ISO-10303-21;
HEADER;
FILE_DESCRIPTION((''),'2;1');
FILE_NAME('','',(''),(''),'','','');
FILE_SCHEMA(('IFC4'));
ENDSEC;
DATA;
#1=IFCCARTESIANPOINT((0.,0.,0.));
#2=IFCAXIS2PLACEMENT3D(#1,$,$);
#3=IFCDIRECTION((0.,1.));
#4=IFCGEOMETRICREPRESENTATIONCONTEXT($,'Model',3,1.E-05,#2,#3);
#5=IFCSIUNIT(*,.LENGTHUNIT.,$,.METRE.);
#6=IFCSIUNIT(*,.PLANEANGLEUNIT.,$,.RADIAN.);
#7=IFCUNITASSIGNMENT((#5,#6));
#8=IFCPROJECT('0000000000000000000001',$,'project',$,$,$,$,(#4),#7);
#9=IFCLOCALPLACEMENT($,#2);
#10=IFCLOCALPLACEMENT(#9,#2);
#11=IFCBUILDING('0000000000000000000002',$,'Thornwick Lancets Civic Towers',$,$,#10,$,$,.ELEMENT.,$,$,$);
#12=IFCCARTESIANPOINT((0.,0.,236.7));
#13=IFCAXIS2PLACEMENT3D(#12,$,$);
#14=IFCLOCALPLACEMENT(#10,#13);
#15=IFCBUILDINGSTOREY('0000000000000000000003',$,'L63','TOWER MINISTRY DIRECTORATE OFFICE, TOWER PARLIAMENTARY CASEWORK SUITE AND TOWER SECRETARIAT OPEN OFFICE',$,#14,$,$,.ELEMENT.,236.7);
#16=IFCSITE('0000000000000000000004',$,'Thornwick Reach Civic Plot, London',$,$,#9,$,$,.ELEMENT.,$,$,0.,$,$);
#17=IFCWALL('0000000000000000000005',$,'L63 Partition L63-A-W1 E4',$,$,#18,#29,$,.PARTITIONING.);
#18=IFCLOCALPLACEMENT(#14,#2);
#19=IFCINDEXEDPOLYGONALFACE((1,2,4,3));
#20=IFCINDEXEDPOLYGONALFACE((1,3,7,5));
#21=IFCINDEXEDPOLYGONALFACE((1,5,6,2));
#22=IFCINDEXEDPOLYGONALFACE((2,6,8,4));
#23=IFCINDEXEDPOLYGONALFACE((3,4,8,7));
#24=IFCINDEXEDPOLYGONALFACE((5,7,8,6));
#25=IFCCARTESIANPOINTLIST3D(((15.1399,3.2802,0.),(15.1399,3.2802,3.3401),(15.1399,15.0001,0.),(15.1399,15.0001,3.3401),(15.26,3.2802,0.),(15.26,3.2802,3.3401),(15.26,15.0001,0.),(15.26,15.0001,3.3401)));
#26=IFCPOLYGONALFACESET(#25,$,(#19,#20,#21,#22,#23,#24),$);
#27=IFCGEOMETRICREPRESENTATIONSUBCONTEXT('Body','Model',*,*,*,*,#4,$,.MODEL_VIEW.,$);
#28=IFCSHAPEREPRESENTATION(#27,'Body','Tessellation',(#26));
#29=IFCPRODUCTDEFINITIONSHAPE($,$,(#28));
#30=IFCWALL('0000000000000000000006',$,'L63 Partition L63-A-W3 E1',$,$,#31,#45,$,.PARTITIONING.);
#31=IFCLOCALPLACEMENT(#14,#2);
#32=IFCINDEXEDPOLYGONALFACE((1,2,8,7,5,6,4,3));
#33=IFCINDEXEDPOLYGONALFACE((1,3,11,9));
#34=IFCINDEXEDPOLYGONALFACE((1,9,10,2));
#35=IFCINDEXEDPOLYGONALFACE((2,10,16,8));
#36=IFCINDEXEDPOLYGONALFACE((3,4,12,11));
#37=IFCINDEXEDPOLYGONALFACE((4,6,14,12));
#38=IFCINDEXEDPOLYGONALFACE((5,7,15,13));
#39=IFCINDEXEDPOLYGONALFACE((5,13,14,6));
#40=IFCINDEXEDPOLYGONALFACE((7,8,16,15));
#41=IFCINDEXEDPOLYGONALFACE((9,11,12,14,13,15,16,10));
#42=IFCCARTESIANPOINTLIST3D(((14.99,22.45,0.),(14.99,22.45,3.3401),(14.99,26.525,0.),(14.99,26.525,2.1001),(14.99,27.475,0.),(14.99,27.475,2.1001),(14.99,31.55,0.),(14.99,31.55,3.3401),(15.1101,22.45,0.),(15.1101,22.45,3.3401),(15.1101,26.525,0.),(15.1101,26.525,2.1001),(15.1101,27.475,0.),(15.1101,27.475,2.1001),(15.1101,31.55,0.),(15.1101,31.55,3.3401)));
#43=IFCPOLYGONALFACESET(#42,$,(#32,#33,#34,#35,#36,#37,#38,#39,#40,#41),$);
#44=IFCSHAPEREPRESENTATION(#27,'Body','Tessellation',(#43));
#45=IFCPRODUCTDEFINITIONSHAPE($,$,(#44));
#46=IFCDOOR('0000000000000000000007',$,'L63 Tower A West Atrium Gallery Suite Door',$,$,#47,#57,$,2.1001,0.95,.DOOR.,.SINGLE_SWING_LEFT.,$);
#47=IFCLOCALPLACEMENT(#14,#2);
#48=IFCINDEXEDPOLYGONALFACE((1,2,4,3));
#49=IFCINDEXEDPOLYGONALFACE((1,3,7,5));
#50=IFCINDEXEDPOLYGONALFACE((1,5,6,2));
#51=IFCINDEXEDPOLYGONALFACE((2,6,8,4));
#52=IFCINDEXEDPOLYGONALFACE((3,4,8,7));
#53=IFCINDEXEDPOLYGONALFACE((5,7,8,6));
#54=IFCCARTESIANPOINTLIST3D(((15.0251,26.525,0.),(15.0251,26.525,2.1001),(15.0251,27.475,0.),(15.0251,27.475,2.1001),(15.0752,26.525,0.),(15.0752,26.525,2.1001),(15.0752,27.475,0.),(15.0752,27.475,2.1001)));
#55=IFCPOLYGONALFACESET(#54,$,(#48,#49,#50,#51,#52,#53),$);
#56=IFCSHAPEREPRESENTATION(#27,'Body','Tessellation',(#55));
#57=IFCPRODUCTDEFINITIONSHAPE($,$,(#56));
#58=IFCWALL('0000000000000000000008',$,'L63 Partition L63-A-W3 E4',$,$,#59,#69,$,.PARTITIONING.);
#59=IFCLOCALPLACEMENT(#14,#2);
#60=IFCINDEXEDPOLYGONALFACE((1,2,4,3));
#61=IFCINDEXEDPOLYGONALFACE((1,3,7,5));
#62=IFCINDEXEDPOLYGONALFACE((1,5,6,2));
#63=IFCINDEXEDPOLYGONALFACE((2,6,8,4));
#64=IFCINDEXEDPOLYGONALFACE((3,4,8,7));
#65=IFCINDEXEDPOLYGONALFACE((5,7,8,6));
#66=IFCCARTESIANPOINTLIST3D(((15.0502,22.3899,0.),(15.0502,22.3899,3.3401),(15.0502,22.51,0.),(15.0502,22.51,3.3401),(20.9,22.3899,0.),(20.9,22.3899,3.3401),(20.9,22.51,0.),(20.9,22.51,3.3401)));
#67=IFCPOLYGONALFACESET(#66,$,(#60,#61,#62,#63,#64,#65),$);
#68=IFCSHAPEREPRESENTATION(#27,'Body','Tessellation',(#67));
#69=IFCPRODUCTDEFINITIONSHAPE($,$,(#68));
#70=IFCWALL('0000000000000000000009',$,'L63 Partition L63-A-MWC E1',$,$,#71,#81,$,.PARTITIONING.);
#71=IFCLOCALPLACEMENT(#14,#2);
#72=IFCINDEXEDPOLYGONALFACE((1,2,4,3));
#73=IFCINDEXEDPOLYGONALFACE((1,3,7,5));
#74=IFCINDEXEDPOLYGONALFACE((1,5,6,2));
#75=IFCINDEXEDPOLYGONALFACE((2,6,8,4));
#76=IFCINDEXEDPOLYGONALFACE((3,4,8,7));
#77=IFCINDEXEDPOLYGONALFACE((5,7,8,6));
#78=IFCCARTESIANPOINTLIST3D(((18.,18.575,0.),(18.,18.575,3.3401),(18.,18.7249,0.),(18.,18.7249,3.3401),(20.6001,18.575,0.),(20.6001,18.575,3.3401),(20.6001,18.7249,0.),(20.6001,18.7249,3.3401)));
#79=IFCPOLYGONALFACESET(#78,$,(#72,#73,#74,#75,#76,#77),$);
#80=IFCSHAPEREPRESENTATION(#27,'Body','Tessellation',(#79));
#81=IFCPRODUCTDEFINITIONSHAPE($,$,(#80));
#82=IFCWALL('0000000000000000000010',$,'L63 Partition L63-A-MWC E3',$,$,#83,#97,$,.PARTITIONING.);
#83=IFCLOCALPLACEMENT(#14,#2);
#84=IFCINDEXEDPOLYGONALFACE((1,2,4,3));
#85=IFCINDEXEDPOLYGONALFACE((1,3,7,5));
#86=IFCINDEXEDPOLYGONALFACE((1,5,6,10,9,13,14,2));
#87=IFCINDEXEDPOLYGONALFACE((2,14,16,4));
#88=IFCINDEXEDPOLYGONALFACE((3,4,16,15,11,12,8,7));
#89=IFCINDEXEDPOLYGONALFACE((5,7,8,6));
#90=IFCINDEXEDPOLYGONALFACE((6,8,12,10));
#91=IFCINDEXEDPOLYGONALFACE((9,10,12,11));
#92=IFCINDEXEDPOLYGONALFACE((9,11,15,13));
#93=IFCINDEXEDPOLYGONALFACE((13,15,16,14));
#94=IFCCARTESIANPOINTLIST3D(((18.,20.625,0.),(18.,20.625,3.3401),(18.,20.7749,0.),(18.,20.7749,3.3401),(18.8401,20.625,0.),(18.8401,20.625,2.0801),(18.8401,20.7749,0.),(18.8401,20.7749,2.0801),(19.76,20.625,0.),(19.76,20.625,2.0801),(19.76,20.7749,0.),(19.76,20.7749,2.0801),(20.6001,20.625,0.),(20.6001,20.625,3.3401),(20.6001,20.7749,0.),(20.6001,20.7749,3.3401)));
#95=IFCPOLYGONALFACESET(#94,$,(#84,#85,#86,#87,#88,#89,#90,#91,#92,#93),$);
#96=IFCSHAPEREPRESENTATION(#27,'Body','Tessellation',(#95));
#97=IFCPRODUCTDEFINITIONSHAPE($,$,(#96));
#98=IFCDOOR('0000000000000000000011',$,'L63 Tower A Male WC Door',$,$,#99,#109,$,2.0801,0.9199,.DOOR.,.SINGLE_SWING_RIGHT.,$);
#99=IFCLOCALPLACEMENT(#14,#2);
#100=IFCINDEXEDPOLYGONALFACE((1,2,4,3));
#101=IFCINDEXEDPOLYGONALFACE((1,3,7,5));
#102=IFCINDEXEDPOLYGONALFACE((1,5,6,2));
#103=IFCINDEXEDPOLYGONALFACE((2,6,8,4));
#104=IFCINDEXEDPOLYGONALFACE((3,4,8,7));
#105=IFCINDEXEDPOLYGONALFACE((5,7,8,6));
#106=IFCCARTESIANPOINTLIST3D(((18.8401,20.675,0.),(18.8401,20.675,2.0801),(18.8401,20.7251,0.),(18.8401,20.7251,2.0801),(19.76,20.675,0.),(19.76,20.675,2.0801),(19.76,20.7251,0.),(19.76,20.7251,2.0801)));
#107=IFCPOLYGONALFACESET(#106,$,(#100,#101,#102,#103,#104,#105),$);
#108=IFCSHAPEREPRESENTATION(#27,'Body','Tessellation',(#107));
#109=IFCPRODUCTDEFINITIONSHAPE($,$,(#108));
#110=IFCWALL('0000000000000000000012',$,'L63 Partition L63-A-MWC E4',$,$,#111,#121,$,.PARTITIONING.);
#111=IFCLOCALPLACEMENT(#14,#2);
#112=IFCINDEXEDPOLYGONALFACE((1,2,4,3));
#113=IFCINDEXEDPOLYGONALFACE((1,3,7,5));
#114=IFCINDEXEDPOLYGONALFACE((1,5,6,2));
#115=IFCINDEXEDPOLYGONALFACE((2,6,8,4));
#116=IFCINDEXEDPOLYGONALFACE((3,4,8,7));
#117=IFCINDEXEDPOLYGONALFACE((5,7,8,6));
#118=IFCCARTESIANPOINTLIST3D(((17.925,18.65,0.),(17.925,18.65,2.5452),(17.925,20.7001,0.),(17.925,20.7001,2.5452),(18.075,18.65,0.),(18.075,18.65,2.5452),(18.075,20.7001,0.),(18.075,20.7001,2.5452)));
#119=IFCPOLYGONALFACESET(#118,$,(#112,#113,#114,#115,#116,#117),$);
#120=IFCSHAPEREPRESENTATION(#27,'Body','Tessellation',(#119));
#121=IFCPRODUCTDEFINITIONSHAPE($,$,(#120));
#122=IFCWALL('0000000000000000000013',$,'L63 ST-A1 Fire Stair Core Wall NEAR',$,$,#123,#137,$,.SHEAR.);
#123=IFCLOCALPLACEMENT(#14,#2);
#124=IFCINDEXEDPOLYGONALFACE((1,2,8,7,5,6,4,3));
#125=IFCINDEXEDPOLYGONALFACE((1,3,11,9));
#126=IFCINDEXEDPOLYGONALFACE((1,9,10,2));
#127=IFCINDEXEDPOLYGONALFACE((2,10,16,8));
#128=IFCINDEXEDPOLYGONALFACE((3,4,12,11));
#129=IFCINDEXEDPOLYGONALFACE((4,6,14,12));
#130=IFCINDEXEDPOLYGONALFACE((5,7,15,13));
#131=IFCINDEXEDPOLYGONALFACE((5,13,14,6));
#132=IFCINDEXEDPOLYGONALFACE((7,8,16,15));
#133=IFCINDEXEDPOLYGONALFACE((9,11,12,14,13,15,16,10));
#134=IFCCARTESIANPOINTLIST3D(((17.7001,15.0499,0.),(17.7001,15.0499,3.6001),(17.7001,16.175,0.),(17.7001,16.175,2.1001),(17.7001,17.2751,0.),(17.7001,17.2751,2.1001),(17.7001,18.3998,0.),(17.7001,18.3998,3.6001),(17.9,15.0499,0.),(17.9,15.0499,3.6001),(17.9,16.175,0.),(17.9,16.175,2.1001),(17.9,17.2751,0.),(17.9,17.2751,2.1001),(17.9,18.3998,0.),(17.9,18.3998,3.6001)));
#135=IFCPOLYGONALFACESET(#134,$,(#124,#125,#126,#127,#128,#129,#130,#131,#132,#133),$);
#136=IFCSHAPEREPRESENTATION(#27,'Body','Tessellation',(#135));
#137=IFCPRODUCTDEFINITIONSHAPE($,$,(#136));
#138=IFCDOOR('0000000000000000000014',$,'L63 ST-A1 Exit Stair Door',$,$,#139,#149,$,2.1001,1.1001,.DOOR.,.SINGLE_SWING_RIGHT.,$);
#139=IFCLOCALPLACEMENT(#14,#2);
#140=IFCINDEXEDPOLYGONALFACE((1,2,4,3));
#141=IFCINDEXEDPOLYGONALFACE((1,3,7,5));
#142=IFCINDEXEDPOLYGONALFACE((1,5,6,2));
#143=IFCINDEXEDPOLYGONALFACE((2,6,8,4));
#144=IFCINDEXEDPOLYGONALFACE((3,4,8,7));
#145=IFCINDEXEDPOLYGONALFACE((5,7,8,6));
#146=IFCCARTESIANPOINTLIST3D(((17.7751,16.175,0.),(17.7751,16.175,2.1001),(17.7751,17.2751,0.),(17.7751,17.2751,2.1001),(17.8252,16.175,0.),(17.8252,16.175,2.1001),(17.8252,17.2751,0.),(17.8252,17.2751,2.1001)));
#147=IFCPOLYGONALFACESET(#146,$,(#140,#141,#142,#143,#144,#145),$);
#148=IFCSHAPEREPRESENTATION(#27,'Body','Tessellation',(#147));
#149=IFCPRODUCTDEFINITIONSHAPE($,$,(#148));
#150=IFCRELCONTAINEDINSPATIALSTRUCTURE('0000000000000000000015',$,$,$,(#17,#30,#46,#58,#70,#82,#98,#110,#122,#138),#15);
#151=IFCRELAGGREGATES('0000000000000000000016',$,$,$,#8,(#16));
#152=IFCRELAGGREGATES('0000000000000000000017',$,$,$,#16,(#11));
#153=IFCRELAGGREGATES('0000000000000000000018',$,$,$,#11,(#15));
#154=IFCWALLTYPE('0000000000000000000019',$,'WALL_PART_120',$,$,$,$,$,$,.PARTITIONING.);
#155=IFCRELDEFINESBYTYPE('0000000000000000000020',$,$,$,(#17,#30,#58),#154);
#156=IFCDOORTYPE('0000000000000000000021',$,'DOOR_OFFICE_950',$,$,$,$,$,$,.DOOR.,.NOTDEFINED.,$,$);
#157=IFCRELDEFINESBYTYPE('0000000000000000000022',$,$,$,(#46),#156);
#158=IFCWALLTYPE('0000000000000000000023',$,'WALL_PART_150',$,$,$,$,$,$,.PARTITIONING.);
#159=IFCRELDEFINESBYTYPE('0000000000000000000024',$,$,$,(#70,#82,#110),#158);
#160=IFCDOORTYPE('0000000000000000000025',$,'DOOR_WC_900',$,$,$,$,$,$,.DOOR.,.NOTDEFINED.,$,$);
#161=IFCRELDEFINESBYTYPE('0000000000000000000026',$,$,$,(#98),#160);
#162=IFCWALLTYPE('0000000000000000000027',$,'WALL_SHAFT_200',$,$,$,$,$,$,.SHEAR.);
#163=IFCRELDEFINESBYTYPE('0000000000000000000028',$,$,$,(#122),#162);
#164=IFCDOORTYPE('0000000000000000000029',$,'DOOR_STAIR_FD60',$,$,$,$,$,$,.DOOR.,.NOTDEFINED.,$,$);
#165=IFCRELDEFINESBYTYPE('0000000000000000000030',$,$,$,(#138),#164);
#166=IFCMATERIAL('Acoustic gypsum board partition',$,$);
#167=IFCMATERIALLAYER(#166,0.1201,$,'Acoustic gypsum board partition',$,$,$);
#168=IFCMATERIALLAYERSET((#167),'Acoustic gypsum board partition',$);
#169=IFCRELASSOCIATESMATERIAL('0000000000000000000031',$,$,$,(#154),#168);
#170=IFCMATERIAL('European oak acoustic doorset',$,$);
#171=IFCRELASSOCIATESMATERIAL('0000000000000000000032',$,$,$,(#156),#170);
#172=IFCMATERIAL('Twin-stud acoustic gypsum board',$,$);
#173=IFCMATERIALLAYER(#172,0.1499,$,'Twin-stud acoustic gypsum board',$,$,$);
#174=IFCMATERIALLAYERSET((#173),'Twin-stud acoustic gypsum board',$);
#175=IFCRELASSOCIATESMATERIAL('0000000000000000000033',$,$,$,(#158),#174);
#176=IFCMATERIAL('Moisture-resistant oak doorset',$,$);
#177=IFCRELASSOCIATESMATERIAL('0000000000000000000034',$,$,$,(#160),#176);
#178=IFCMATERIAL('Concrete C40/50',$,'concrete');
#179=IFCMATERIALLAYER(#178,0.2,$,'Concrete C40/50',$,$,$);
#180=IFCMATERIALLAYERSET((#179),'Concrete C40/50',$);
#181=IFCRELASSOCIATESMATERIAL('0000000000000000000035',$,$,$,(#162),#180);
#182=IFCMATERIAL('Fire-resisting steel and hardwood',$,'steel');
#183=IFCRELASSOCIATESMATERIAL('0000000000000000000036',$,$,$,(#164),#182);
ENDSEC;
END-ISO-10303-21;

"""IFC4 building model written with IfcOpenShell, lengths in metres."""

from ifc_helpers import new_model, si_unit, direction, frame, frame_2d, origin, place, context, subcontext, project, spatial, rectangle, extrude, material, layer, layer_set, type_object, element, fill, save


model = new_model("IFC4")

# Units and contexts
model_context = context("Model", 3, precision=1e-05, world=origin(), true_north=direction((0.0, 1.0)))
body_context = subcontext(model_context, "Body", "Model", "MODEL_VIEW")
ifc_project = project(units=[si_unit("LENGTHUNIT", "METRE"), si_unit("PLANEANGLEUNIT", "RADIAN")], contexts=[model_context])

# Site, building, storey
site_placement = place(None, origin())
site = spatial("IfcSite", under=ifc_project, at=site_placement, Name="Thornwick Reach Civic Plot, London", CompositionType="ELEMENT", RefElevation=0.0)
building_placement = place(site_placement, origin())
building = spatial("IfcBuilding", under=site, at=building_placement, Name="Thornwick Lancets Civic Towers", CompositionType="ELEMENT")
storey_placement = place(building_placement, frame((0.0, 0.0, 236.7)))
storey = spatial("IfcBuildingStorey", under=building, at=storey_placement, Name="L63", Description="TOWER MINISTRY DIRECTORATE OFFICE, TOWER PARLIAMENTARY CASEWORK SUITE AND TOWER SECRETARIAT OPEN OFFICE", CompositionType="ELEMENT", Elevation=236.7)

# Wall
ifc_material_1 = material(Name="Acoustic gypsum board partition")
ifc_layer_1 = layer(ifc_material_1, 0.1201, Name="Acoustic gypsum board partition")
ifc_layer_set_1 = layer_set([ifc_layer_1], Name="Acoustic gypsum board partition")
wall_type_1 = type_object("IfcWallType", Name="WALL_PART_120", PredefinedType="PARTITIONING", material=ifc_layer_set_1)
wall_1_placement = place(storey_placement, frame((15.2, 15.0, 0.0), z_axis=(0.0, 0.0, 1.0), x_axis=(0.0, -1.0, 0.0)))
element("IfcWall", 1, at=wall_1_placement, inside=storey, type_object=wall_type_1, Name="L63 Partition L63-A-W1 E4", PredefinedType="PARTITIONING", context=body_context, shape_type="SweptSolid", body=[
    extrude(rectangle(XDim=11.72, YDim=0.1201, at=frame_2d((5.8599, 0.0))), origin(), (0.0, 0.0, 1.0), 3.3401),
])

# Wall, opening, door
wall_2_placement = place(storey_placement, frame((15.05, 22.45, 0.0), z_axis=(0.0, 0.0, 1.0), x_axis=(0.0, 1.0, 0.0)))
wall_2 = element("IfcWall", 2, at=wall_2_placement, inside=storey, type_object=wall_type_1, Name="L63 Partition L63-A-W3 E1", PredefinedType="PARTITIONING", context=body_context, shape_type="SweptSolid", body=[
    extrude(rectangle(XDim=9.1001, YDim=0.1201, at=frame_2d((4.55, 0.0))), origin(), (0.0, 0.0, 1.0), 3.3401),
])
opening_1_placement = place(wall_2_placement, frame((4.075, 0.0, 0.0)))
opening_1 = element("IfcOpeningElement", 3, at=opening_1_placement, cuts=wall_2, PredefinedType="OPENING", context=body_context, shape_type="SweptSolid", body=[
    extrude(rectangle(XDim=0.95, YDim=2.1001, at=frame_2d((0.4751, 1.05))), frame((0.0, 0.0701, 0.0), z_axis=(0.0, -1.0, 0.0), x_axis=(1.0, 0.0, 0.0)), (0.0, 0.0, 1.0), 0.1401),
])
ifc_material_2 = material(Name="European oak acoustic doorset")
door_type_1 = type_object("IfcDoorType", Name="DOOR_OFFICE_950", OperationType="NOTDEFINED", PredefinedType="DOOR", material=ifc_material_2)
door_1_placement = place(opening_1_placement, origin())
door_1 = element("IfcDoor", 4, at=door_1_placement, inside=storey, type_object=door_type_1, Name="L63 Tower A West Atrium Gallery Suite Door", OperationType="SINGLE_SWING_LEFT", OverallHeight=2.1001, OverallWidth=0.95, PredefinedType="DOOR", context=body_context, shape_type="SweptSolid", body=[
    extrude(rectangle(XDim=0.95, YDim=2.1001, at=frame_2d((0.4751, 1.05))), frame((0.0, 0.0249, 0.0), z_axis=(0.0, -1.0, 0.0), x_axis=(1.0, 0.0, 0.0)), (0.0, 0.0, 1.0), 0.05),
])
fill(opening_1, door_1)

# Walls
wall_3_placement = place(storey_placement, frame((20.8999, 22.45, 0.0), z_axis=(0.0, 0.0, 1.0), x_axis=(-1.0, 0.0, 0.0)))
element("IfcWall", 5, at=wall_3_placement, inside=storey, type_object=wall_type_1, Name="L63 Partition L63-A-W3 E4", PredefinedType="PARTITIONING", context=body_context, shape_type="SweptSolid", body=[
    extrude(rectangle(XDim=5.8499, YDim=0.1201, at=frame_2d((2.9248, 0.0))), origin(), (0.0, 0.0, 1.0), 3.3401),
])
ifc_material_3 = material(Name="Twin-stud acoustic gypsum board")
ifc_layer_2 = layer(ifc_material_3, 0.1499, Name="Twin-stud acoustic gypsum board")
ifc_layer_set_2 = layer_set([ifc_layer_2], Name="Twin-stud acoustic gypsum board")
wall_type_2 = type_object("IfcWallType", Name="WALL_PART_150", PredefinedType="PARTITIONING", material=ifc_layer_set_2)
wall_4_placement = place(storey_placement, frame((18.0, 18.6499, 0.0), z_axis=(0.0, 0.0, 1.0), x_axis=(1.0, 0.0, 0.0)))
element("IfcWall", 6, at=wall_4_placement, inside=storey, type_object=wall_type_2, Name="L63 Partition L63-A-MWC E1", PredefinedType="PARTITIONING", context=body_context, shape_type="SweptSolid", body=[
    extrude(rectangle(XDim=2.6001, YDim=0.1499, at=frame_2d((1.3, 0.0))), origin(), (0.0, 0.0, 1.0), 3.3401),
])

# Wall, opening, door
wall_5_placement = place(storey_placement, frame((20.6001, 20.7, 0.0), z_axis=(0.0, 0.0, 1.0), x_axis=(-1.0, 0.0, 0.0)))
wall_5 = element("IfcWall", 7, at=wall_5_placement, inside=storey, type_object=wall_type_2, Name="L63 Partition L63-A-MWC E3", PredefinedType="PARTITIONING", context=body_context, shape_type="SweptSolid", body=[
    extrude(rectangle(XDim=2.6001, YDim=0.1499, at=frame_2d((1.3, 0.0))), origin(), (0.0, 0.0, 1.0), 3.3401),
])
opening_2_placement = place(wall_5_placement, frame((0.8401, 0.0, 0.0)))
opening_2 = element("IfcOpeningElement", 8, at=opening_2_placement, cuts=wall_5, PredefinedType="OPENING", context=body_context, shape_type="SweptSolid", body=[
    extrude(rectangle(XDim=0.9199, YDim=2.0801, at=frame_2d((0.46, 1.04))), frame((0.0, 0.085, 0.0), z_axis=(0.0, -1.0, 0.0), x_axis=(1.0, 0.0, 0.0)), (0.0, 0.0, 1.0), 0.1699),
])
ifc_material_4 = material(Name="Moisture-resistant oak doorset")
door_type_2 = type_object("IfcDoorType", Name="DOOR_WC_900", OperationType="NOTDEFINED", PredefinedType="DOOR", material=ifc_material_4)
door_2_placement = place(opening_2_placement, origin())
door_2 = element("IfcDoor", 9, at=door_2_placement, inside=storey, type_object=door_type_2, Name="L63 Tower A Male WC Door", OperationType="SINGLE_SWING_RIGHT", OverallHeight=2.0801, OverallWidth=0.9199, PredefinedType="DOOR", context=body_context, shape_type="SweptSolid", body=[
    extrude(rectangle(XDim=0.9199, YDim=2.0801, at=frame_2d((0.46, 1.04))), frame((0.0, 0.0249, 0.0), z_axis=(0.0, -1.0, 0.0), x_axis=(1.0, 0.0, 0.0)), (0.0, 0.0, 1.0), 0.05),
])
fill(opening_2, door_2)

# Wall
wall_6_placement = place(storey_placement, frame((18.0, 20.7, 0.0), z_axis=(0.0, 0.0, 1.0), x_axis=(0.0, -1.0, 0.0)))
element("IfcWall", 10, at=wall_6_placement, inside=storey, type_object=wall_type_2, Name="L63 Partition L63-A-MWC E4", PredefinedType="PARTITIONING", context=body_context, shape_type="SweptSolid", body=[
    extrude(rectangle(XDim=2.05, YDim=0.1499, at=frame_2d((1.0249, 0.0))), origin(), (0.0, 0.0, 1.0), 2.5452),
])

# Wall, opening, door
ifc_material_5 = material(Name="Concrete C40/50", Category="concrete")
ifc_layer_3 = layer(ifc_material_5, 0.2, Name="Concrete C40/50")
ifc_layer_set_3 = layer_set([ifc_layer_3], Name="Concrete C40/50")
wall_type_3 = type_object("IfcWallType", Name="WALL_SHAFT_200", PredefinedType="SHEAR", material=ifc_layer_set_3)
wall_7_placement = place(storey_placement, frame((17.8, 15.05, 0.0), z_axis=(0.0, 0.0, 1.0), x_axis=(0.0, 1.0, 0.0)))
wall_7 = element("IfcWall", 11, at=wall_7_placement, inside=storey, type_object=wall_type_3, Name="L63 ST-A1 Fire Stair Core Wall NEAR", PredefinedType="SHEAR", context=body_context, shape_type="SweptSolid", body=[
    extrude(rectangle(XDim=3.3499, YDim=0.2, at=frame_2d((1.6748, 0.0))), origin(), (0.0, 0.0, 1.0), 3.6001),
])
opening_3_placement = place(wall_7_placement, frame((1.125, 0.0, 0.0)))
opening_3 = element("IfcOpeningElement", 12, at=opening_3_placement, cuts=wall_7, PredefinedType="OPENING", context=body_context, shape_type="SweptSolid", body=[
    extrude(rectangle(XDim=1.1001, YDim=2.1001, at=frame_2d((0.55, 1.05))), frame((0.0, 0.1099, 0.0), z_axis=(0.0, -1.0, 0.0), x_axis=(1.0, 0.0, 0.0)), (0.0, 0.0, 1.0), 0.22),
])
ifc_material_6 = material(Name="Fire-resisting steel and hardwood", Category="steel")
door_type_3 = type_object("IfcDoorType", Name="DOOR_STAIR_FD60", OperationType="NOTDEFINED", PredefinedType="DOOR", material=ifc_material_6)
door_3_placement = place(opening_3_placement, origin())
door_3 = element("IfcDoor", 13, at=door_3_placement, inside=storey, type_object=door_type_3, Name="L63 ST-A1 Exit Stair Door", OperationType="SINGLE_SWING_RIGHT", OverallHeight=2.1001, OverallWidth=1.1001, PredefinedType="DOOR", context=body_context, shape_type="SweptSolid", body=[
    extrude(rectangle(XDim=1.1001, YDim=2.1001, at=frame_2d((0.55, 1.05))), frame((0.0, 0.0249, 0.0), z_axis=(0.0, -1.0, 0.0), x_axis=(1.0, 0.0, 0.0)), (0.0, 0.0, 1.0), 0.05),
])
fill(opening_3, door_3)

save(model, "model.ifc")
